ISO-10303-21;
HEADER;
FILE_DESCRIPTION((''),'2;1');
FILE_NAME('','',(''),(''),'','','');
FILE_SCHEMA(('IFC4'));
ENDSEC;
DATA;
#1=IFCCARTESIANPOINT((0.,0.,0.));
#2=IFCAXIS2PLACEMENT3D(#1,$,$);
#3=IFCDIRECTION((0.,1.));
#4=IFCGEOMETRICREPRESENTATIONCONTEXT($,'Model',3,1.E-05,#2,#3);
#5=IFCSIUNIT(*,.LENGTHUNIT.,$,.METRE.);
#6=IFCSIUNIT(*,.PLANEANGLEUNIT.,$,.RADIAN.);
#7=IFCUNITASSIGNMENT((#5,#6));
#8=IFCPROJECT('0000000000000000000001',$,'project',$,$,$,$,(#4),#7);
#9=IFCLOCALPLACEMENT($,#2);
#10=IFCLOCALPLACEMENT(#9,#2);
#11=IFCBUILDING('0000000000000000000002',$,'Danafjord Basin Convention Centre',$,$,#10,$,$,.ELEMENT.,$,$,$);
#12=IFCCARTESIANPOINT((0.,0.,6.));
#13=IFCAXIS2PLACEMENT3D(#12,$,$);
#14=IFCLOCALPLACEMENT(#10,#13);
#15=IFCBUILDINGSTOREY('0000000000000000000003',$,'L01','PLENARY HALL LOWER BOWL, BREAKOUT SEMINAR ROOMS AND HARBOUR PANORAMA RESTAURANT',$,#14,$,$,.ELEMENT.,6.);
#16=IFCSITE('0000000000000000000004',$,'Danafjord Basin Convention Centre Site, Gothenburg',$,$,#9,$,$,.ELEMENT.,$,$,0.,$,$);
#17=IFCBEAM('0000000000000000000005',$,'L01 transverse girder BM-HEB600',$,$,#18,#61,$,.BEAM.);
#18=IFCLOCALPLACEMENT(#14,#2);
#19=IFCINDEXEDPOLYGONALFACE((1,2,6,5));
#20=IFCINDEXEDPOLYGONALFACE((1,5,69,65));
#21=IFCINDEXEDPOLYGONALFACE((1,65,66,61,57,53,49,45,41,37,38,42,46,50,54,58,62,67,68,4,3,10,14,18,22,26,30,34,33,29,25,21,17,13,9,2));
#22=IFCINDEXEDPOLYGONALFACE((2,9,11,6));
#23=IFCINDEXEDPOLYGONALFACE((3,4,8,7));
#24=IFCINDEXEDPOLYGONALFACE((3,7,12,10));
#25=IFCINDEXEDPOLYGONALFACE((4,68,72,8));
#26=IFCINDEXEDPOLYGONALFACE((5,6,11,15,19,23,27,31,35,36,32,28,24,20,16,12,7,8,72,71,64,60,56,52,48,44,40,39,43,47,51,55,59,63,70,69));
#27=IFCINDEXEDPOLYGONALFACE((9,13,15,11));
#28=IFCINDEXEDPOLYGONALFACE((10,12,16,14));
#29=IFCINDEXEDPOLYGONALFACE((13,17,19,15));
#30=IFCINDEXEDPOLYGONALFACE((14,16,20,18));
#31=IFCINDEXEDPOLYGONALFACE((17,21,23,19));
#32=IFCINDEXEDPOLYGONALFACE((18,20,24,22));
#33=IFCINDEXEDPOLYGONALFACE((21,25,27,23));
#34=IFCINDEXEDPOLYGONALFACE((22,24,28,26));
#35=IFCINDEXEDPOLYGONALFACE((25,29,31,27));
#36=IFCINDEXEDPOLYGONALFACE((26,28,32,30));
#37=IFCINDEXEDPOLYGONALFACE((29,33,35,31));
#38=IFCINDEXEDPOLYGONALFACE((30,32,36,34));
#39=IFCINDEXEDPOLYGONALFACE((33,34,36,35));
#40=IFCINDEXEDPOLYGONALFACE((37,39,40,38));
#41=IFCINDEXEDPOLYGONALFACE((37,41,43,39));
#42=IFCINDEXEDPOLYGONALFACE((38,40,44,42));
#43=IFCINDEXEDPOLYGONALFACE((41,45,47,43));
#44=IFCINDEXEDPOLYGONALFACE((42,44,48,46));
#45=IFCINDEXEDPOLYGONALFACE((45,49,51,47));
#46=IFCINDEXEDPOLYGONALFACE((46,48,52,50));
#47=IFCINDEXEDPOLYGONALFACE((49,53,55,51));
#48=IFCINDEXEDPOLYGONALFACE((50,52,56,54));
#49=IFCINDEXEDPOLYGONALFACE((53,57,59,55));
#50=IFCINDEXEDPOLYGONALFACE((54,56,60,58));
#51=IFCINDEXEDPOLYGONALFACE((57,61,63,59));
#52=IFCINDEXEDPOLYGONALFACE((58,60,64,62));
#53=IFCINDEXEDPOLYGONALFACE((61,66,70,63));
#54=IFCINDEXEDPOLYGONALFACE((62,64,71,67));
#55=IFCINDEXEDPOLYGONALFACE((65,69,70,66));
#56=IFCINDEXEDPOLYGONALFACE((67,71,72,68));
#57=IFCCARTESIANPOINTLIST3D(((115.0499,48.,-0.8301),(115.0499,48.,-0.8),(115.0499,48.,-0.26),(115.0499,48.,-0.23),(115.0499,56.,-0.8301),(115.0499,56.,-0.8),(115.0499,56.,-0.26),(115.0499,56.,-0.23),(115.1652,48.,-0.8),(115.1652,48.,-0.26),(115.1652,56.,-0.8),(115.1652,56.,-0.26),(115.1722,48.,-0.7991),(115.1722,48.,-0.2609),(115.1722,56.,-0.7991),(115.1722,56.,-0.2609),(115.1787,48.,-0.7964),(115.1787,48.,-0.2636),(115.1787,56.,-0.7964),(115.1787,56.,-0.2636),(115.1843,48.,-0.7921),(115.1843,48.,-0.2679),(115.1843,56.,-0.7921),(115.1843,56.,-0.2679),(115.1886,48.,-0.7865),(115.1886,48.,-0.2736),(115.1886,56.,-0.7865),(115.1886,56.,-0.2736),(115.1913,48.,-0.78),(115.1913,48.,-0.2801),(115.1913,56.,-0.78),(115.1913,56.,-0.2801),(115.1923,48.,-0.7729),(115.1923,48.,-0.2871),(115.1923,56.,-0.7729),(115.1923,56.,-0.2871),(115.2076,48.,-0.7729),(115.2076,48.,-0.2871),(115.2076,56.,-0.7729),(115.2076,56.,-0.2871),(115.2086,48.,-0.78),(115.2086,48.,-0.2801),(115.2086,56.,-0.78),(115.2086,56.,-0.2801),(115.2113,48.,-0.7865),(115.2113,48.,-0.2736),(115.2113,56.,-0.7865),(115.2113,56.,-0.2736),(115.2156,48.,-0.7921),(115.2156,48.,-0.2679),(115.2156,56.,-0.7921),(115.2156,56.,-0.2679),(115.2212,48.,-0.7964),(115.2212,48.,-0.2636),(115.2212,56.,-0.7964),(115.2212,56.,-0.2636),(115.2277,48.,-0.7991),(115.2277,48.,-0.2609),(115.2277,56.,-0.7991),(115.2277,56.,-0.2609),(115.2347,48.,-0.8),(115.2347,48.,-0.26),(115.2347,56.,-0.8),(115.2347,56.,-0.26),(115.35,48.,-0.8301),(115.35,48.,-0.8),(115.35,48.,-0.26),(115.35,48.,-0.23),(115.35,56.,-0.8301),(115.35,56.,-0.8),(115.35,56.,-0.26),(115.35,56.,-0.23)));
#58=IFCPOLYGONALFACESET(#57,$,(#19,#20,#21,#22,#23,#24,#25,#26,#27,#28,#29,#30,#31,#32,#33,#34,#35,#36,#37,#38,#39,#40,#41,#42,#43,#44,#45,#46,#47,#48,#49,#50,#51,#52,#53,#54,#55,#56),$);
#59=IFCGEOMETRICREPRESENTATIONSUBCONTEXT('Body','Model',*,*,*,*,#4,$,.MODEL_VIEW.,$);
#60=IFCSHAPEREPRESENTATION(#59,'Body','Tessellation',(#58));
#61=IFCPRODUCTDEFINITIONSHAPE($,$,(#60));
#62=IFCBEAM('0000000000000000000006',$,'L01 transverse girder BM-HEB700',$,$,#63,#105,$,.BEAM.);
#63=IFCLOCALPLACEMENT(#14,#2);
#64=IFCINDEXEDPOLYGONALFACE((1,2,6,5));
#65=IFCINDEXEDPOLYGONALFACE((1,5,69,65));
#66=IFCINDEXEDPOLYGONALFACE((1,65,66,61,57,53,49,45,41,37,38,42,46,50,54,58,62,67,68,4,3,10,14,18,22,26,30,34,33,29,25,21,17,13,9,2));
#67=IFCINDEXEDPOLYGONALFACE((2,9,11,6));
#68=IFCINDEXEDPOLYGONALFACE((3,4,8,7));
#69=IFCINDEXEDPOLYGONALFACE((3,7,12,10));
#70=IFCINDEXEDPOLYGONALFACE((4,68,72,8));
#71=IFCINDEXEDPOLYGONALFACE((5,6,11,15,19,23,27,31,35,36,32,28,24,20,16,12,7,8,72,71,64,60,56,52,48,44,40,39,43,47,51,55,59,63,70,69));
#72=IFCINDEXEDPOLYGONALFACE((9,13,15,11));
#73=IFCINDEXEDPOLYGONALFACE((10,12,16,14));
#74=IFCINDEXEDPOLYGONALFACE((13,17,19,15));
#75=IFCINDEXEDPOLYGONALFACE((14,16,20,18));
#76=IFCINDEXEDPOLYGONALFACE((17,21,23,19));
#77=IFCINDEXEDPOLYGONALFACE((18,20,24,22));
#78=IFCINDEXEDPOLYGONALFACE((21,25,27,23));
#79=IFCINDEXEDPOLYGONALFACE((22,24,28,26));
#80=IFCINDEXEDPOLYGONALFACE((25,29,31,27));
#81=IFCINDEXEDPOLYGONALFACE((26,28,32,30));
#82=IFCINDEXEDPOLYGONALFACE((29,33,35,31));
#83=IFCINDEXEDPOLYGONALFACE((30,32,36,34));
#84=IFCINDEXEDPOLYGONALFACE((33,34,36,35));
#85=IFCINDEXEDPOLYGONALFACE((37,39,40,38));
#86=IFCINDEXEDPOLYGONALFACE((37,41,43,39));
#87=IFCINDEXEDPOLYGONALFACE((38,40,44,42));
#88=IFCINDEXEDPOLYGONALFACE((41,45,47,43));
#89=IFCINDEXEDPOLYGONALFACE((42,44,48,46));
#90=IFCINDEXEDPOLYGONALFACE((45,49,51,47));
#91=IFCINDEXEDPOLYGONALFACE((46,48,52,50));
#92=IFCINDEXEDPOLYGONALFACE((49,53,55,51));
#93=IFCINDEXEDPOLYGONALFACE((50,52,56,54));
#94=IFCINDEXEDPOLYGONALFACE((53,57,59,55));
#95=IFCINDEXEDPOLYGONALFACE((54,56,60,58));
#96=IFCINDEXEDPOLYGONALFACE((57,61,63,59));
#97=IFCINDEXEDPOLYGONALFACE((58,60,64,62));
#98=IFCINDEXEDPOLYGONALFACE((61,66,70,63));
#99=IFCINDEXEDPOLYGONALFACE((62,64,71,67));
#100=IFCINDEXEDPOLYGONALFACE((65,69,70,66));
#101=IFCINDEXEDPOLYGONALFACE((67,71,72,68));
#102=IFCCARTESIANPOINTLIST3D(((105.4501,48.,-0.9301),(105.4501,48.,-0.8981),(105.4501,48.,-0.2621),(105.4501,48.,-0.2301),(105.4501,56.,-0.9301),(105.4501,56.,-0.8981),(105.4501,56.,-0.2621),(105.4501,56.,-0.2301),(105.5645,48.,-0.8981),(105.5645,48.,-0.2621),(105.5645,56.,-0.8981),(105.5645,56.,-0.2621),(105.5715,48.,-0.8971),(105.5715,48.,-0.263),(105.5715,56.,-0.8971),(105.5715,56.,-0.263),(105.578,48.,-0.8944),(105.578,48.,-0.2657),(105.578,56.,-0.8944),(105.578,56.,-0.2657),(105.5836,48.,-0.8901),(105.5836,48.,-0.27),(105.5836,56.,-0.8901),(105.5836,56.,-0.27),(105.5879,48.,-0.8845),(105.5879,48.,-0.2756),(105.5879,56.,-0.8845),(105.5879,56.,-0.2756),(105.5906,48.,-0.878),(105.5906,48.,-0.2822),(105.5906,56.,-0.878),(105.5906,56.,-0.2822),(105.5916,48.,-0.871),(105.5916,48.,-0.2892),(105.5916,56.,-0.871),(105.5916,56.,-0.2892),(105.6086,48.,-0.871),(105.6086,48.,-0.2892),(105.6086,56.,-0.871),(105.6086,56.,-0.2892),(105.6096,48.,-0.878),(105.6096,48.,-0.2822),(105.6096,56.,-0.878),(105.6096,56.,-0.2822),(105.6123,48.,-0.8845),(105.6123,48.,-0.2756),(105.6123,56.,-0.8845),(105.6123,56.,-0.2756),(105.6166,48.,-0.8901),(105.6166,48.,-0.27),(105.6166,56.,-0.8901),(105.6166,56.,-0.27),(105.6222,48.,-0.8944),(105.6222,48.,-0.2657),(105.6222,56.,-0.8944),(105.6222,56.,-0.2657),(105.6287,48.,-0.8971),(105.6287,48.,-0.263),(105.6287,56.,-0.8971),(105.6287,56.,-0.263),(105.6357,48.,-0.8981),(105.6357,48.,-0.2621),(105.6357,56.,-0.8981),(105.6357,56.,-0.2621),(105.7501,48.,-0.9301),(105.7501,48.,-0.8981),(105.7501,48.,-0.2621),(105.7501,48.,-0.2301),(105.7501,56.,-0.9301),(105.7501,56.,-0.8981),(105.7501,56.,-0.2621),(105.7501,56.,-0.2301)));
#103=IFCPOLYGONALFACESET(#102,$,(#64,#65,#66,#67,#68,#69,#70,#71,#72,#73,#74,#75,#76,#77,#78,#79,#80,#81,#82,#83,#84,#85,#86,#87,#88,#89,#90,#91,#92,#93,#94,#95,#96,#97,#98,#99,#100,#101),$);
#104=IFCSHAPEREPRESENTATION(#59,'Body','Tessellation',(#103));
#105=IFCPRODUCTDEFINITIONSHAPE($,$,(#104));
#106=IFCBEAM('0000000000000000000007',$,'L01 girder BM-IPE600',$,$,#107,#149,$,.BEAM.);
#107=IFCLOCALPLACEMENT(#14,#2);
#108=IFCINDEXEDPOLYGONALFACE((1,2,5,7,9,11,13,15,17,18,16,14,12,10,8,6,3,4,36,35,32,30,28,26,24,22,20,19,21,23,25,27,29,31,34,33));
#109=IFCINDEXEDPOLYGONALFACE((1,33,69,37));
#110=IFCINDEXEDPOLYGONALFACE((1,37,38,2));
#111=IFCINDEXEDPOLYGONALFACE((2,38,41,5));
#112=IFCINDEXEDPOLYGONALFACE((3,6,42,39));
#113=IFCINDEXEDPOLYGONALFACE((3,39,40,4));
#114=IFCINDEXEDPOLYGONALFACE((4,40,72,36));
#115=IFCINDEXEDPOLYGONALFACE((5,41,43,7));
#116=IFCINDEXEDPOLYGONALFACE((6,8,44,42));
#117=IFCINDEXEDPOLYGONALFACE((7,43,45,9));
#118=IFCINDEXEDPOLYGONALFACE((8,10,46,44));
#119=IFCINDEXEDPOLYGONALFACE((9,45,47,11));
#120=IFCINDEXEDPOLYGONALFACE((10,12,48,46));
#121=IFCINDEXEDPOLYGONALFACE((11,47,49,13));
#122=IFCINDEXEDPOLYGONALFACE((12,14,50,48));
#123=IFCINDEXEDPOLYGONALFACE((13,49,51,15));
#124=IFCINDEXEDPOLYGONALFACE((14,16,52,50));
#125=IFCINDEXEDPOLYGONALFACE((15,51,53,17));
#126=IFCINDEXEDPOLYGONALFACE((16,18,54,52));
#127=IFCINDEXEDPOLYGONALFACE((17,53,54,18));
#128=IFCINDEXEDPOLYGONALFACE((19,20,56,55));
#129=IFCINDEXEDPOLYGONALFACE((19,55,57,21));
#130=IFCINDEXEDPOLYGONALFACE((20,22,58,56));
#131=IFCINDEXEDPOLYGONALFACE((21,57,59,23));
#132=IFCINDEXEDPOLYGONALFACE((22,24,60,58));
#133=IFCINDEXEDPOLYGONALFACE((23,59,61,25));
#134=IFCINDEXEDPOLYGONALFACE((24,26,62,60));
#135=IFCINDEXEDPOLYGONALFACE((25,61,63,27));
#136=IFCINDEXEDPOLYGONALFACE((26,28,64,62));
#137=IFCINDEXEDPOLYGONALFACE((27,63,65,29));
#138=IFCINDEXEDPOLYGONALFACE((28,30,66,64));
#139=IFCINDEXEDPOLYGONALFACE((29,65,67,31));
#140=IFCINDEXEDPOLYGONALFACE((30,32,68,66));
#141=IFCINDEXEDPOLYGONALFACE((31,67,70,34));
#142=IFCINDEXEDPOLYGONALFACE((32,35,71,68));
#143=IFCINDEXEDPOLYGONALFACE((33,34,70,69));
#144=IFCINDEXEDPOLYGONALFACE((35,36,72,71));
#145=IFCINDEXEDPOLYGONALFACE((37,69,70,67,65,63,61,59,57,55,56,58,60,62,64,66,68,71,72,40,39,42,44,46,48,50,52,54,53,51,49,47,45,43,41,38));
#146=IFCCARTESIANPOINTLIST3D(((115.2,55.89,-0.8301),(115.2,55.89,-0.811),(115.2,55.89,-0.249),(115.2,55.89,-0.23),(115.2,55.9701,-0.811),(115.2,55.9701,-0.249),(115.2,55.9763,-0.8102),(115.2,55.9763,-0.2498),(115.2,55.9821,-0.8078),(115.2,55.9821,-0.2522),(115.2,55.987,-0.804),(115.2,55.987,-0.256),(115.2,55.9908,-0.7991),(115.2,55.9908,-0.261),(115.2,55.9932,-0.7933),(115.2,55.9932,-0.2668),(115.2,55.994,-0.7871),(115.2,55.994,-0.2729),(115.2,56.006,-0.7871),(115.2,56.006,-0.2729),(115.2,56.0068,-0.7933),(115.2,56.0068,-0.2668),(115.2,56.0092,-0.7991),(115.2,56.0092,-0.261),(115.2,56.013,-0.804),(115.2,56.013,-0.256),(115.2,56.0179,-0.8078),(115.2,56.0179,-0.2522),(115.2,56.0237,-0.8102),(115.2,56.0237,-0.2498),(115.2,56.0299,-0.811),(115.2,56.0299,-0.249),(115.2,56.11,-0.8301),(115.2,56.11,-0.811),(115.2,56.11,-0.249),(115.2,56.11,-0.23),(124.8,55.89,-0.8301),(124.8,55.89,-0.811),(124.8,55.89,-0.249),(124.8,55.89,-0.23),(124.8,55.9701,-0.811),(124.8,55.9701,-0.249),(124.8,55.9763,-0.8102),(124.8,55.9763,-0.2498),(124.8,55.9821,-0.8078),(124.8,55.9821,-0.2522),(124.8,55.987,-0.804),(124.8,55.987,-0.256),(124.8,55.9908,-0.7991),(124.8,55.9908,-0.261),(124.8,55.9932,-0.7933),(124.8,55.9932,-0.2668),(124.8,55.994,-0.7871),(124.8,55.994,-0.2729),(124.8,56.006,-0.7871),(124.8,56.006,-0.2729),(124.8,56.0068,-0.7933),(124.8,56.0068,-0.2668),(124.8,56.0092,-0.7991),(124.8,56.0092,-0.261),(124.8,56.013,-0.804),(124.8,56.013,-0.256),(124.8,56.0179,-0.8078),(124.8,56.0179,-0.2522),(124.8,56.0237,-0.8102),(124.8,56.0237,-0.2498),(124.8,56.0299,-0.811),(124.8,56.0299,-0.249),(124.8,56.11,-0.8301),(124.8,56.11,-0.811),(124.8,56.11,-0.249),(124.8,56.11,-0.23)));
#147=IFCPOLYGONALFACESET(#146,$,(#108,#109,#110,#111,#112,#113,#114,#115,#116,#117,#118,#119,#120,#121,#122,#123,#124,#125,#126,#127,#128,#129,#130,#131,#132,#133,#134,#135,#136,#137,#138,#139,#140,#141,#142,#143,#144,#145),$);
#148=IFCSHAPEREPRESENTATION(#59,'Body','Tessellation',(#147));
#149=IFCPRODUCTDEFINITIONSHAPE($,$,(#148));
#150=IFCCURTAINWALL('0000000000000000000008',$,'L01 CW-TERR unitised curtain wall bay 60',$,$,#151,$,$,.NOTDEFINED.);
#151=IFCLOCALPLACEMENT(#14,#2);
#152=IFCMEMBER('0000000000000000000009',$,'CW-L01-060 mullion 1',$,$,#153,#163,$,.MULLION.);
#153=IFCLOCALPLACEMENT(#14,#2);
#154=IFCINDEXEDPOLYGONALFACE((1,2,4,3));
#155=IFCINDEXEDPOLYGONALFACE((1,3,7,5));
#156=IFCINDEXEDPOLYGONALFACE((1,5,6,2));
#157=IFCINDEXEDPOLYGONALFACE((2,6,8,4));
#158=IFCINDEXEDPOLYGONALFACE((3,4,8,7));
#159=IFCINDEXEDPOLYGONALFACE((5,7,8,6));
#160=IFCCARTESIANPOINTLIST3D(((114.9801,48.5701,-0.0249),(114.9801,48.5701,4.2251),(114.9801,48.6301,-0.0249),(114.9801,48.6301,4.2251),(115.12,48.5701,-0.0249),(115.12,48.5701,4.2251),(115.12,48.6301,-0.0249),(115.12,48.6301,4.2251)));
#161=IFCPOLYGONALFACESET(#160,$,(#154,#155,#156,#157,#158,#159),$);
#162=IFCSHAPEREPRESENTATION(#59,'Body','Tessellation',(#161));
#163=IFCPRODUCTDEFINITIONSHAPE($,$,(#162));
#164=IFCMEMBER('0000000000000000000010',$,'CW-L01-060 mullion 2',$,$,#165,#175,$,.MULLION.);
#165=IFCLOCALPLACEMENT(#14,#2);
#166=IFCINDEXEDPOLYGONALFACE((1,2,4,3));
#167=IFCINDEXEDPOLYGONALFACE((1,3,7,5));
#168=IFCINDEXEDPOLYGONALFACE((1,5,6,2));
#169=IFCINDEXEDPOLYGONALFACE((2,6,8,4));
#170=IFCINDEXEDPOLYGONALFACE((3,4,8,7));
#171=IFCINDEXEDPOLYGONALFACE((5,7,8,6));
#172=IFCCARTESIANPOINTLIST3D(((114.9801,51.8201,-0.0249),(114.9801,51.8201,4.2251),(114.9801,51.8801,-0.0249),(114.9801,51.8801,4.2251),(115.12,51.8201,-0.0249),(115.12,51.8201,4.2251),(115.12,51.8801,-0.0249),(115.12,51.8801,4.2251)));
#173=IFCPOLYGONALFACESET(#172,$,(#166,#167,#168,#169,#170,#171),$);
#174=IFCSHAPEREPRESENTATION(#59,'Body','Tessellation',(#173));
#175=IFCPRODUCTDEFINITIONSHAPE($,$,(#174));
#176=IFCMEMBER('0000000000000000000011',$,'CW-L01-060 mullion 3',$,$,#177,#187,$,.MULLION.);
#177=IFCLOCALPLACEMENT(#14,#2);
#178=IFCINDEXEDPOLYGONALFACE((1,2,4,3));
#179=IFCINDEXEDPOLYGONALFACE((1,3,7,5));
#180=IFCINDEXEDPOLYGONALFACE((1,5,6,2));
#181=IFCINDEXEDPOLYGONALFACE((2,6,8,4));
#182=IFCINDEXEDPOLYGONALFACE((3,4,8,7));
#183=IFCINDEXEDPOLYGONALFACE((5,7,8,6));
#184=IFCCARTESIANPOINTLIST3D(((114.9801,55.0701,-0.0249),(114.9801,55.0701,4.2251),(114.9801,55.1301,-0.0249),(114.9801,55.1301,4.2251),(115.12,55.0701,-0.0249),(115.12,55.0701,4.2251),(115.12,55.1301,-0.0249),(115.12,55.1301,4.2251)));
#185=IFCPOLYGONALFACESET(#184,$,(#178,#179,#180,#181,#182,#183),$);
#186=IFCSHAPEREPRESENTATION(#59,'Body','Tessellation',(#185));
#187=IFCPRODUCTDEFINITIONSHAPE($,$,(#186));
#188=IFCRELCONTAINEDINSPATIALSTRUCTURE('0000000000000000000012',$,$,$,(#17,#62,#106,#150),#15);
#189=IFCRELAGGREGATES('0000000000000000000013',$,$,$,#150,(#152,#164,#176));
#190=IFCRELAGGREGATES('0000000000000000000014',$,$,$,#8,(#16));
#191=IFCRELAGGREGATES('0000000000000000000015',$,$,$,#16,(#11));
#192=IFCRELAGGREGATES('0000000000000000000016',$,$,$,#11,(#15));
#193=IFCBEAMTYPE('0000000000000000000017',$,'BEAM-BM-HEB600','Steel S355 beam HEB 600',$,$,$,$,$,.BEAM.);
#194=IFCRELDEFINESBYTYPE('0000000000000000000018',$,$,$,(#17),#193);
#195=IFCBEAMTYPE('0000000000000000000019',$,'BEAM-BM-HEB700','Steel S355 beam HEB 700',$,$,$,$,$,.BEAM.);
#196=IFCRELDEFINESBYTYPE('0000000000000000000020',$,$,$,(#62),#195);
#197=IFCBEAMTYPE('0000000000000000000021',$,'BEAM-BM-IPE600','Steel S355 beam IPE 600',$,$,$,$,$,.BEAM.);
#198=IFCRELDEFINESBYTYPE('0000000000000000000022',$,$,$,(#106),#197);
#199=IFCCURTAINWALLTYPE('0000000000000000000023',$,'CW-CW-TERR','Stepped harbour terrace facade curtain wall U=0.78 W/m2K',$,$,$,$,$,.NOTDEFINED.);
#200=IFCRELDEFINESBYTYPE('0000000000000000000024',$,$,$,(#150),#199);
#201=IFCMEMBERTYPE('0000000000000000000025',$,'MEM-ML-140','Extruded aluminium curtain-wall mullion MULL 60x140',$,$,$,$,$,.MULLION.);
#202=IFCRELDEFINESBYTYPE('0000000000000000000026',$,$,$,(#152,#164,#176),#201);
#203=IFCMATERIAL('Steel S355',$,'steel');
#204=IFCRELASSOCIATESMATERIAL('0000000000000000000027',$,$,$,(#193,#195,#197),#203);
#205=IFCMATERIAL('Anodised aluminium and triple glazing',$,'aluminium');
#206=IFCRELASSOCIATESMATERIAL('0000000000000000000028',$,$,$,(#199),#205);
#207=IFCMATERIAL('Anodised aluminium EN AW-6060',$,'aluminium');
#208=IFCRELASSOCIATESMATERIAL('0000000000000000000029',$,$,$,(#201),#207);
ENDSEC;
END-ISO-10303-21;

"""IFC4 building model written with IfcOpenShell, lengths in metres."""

from ifc_helpers import new_model, si_unit, direction, frame, origin, origin_2d, place, context, subcontext, project, spatial, rectangle, i_section, extrude, material, material_profile, profile_set, type_object, element, aggregate, save


model = new_model("IFC4")

# Units and contexts
model_context = context("Model", 3, precision=1e-05, world=origin(), true_north=direction((0.0, 1.0)))
body_context = subcontext(model_context, "Body", "Model", "MODEL_VIEW")
ifc_project = project(units=[si_unit("LENGTHUNIT", "METRE"), si_unit("PLANEANGLEUNIT", "RADIAN")], contexts=[model_context])

# Site, building, storey
site_placement = place(None, origin())
site = spatial("IfcSite", under=ifc_project, at=site_placement, Name="Danafjord Basin Convention Centre Site, Gothenburg", CompositionType="ELEMENT", RefElevation=0.0)
building_placement = place(site_placement, origin())
building = spatial("IfcBuilding", under=site, at=building_placement, Name="Danafjord Basin Convention Centre", CompositionType="ELEMENT")
storey_placement = place(building_placement, frame((0.0, 0.0, 6.0)))
storey = spatial("IfcBuildingStorey", under=building, at=storey_placement, Name="L01", Description="PLENARY HALL LOWER BOWL, BREAKOUT SEMINAR ROOMS AND HARBOUR PANORAMA RESTAURANT", CompositionType="ELEMENT", Elevation=6.0)

# Shared definitions
ifc_material_1 = material(Name="Steel S355", Category="steel")

# Beams
ifc_material_profile_1 = material_profile(ifc_material_1, i_section(OverallWidth=0.3, OverallDepth=0.6001, WebThickness=0.0154, FlangeThickness=0.03, FilletRadius=0.0271, at=origin_2d()), Name="HEB 600")
ifc_profile_set_1 = profile_set([ifc_material_profile_1], Name="Steel S355")
beam_type_1 = type_object("IfcBeamType", Name="BEAM-BM-HEB600", Description="Steel S355 beam HEB 600", PredefinedType="BEAM", material=ifc_profile_set_1)
beam_1_placement = place(storey_placement, frame((115.2, 48.0, -0.53), z_axis=(0.0, 1.0, 0.0), x_axis=(-1.0, 0.0, 0.0)))
element("IfcBeam", 1, at=beam_1_placement, inside=storey, type_object=beam_type_1, Name="L01 transverse girder BM-HEB600", PredefinedType="BEAM", context=body_context, shape_type="SweptSolid", body=[
    extrude(i_section(OverallWidth=0.3, OverallDepth=0.6001, WebThickness=0.0154, FlangeThickness=0.03, FilletRadius=0.0271, at=origin_2d()), origin(), (0.0, 0.0, 1.0), 8.0),
])
ifc_material_profile_2 = material_profile(ifc_material_1, i_section(OverallWidth=0.3, OverallDepth=0.7, WebThickness=0.0171, FlangeThickness=0.032, FilletRadius=0.0271, at=origin_2d()), Name="HEB 700")
ifc_profile_set_2 = profile_set([ifc_material_profile_2], Name="Steel S355")
beam_type_2 = type_object("IfcBeamType", Name="BEAM-BM-HEB700", Description="Steel S355 beam HEB 700", PredefinedType="BEAM", material=ifc_profile_set_2)
beam_2_placement = place(storey_placement, frame((105.6001, 48.0, -0.5801), z_axis=(0.0, 1.0, 0.0), x_axis=(-1.0, 0.0, 0.0)))
element("IfcBeam", 2, at=beam_2_placement, inside=storey, type_object=beam_type_2, Name="L01 transverse girder BM-HEB700", PredefinedType="BEAM", context=body_context, shape_type="SweptSolid", body=[
    extrude(i_section(OverallWidth=0.3, OverallDepth=0.7, WebThickness=0.0171, FlangeThickness=0.032, FilletRadius=0.0271, at=origin_2d()), origin(), (0.0, 0.0, 1.0), 8.0),
])
ifc_material_profile_3 = material_profile(ifc_material_1, i_section(OverallWidth=0.22, OverallDepth=0.6001, WebThickness=0.012, FlangeThickness=0.019, FilletRadius=0.0239, at=origin_2d()), Name="IPE 600")
ifc_profile_set_3 = profile_set([ifc_material_profile_3], Name="Steel S355")
beam_type_3 = type_object("IfcBeamType", Name="BEAM-BM-IPE600", Description="Steel S355 beam IPE 600", PredefinedType="BEAM", material=ifc_profile_set_3)
beam_3_placement = place(storey_placement, frame((115.2, 56.0, -0.53), z_axis=(1.0, 0.0, 0.0), x_axis=(0.0, 1.0, 0.0)))
element("IfcBeam", 3, at=beam_3_placement, inside=storey, type_object=beam_type_3, Name="L01 girder BM-IPE600", PredefinedType="BEAM", context=body_context, shape_type="SweptSolid", body=[
    extrude(i_section(OverallWidth=0.22, OverallDepth=0.6001, WebThickness=0.012, FlangeThickness=0.019, FilletRadius=0.0239, at=origin_2d()), origin(), (0.0, 0.0, 1.0), 9.6001),
])

# Curtain wall, members
ifc_material_2 = material(Name="Anodised aluminium and triple glazing", Category="aluminium")
curtain_wall_type_1 = type_object("IfcCurtainWallType", Name="CW-CW-TERR", Description="Stepped harbour terrace facade curtain wall U=0.78 W/m2K", PredefinedType="NOTDEFINED", material=ifc_material_2)
curtain_wall_1_placement = place(storey_placement, origin())
curtain_wall_1 = element("IfcCurtainWall", 4, at=curtain_wall_1_placement, inside=storey, type_object=curtain_wall_type_1, Name="L01 CW-TERR unitised curtain wall bay 60", PredefinedType="NOTDEFINED")
ifc_material_3 = material(Name="Anodised aluminium EN AW-6060", Category="aluminium")
ifc_material_profile_4 = material_profile(ifc_material_3, rectangle(XDim=0.0601, YDim=0.1399, at=origin_2d()), Name="MULL 60x140")
ifc_profile_set_4 = profile_set([ifc_material_profile_4], Name="Anodised aluminium EN AW-6060")
member_type_1 = type_object("IfcMemberType", Name="MEM-ML-140", Description="Extruded aluminium curtain-wall mullion MULL 60x140", PredefinedType="MULLION", material=ifc_profile_set_4)
member_1_placement = place(storey_placement, frame((115.05, 48.6001, -0.0249), z_axis=(0.0, 0.0, 1.0), x_axis=(0.0, 1.0, 0.0)))
member_1 = element("IfcMember", 5, at=member_1_placement, type_object=member_type_1, Name="CW-L01-060 mullion 1", PredefinedType="MULLION", context=body_context, shape_type="SweptSolid", body=[
    extrude(rectangle(XDim=0.0601, YDim=0.1399, at=origin_2d()), origin(), (0.0, 0.0, 1.0), 4.25),
])
member_2_placement = place(storey_placement, frame((115.05, 51.8501, -0.0249), z_axis=(0.0, 0.0, 1.0), x_axis=(0.0, 1.0, 0.0)))
member_2 = element("IfcMember", 6, at=member_2_placement, type_object=member_type_1, Name="CW-L01-060 mullion 2", PredefinedType="MULLION", context=body_context, shape_type="SweptSolid", body=[
    extrude(rectangle(XDim=0.0601, YDim=0.1399, at=origin_2d()), origin(), (0.0, 0.0, 1.0), 4.25),
])
member_3_placement = place(storey_placement, frame((115.05, 55.1001, -0.0249), z_axis=(0.0, 0.0, 1.0), x_axis=(0.0, 1.0, 0.0)))
member_3 = element("IfcMember", 7, at=member_3_placement, type_object=member_type_1, Name="CW-L01-060 mullion 3", PredefinedType="MULLION", context=body_context, shape_type="SweptSolid", body=[
    extrude(rectangle(XDim=0.0601, YDim=0.1399, at=origin_2d()), origin(), (0.0, 0.0, 1.0), 4.25),
])

aggregate(curtain_wall_1, [member_1, member_2, member_3])

save(model, "model.ifc")
